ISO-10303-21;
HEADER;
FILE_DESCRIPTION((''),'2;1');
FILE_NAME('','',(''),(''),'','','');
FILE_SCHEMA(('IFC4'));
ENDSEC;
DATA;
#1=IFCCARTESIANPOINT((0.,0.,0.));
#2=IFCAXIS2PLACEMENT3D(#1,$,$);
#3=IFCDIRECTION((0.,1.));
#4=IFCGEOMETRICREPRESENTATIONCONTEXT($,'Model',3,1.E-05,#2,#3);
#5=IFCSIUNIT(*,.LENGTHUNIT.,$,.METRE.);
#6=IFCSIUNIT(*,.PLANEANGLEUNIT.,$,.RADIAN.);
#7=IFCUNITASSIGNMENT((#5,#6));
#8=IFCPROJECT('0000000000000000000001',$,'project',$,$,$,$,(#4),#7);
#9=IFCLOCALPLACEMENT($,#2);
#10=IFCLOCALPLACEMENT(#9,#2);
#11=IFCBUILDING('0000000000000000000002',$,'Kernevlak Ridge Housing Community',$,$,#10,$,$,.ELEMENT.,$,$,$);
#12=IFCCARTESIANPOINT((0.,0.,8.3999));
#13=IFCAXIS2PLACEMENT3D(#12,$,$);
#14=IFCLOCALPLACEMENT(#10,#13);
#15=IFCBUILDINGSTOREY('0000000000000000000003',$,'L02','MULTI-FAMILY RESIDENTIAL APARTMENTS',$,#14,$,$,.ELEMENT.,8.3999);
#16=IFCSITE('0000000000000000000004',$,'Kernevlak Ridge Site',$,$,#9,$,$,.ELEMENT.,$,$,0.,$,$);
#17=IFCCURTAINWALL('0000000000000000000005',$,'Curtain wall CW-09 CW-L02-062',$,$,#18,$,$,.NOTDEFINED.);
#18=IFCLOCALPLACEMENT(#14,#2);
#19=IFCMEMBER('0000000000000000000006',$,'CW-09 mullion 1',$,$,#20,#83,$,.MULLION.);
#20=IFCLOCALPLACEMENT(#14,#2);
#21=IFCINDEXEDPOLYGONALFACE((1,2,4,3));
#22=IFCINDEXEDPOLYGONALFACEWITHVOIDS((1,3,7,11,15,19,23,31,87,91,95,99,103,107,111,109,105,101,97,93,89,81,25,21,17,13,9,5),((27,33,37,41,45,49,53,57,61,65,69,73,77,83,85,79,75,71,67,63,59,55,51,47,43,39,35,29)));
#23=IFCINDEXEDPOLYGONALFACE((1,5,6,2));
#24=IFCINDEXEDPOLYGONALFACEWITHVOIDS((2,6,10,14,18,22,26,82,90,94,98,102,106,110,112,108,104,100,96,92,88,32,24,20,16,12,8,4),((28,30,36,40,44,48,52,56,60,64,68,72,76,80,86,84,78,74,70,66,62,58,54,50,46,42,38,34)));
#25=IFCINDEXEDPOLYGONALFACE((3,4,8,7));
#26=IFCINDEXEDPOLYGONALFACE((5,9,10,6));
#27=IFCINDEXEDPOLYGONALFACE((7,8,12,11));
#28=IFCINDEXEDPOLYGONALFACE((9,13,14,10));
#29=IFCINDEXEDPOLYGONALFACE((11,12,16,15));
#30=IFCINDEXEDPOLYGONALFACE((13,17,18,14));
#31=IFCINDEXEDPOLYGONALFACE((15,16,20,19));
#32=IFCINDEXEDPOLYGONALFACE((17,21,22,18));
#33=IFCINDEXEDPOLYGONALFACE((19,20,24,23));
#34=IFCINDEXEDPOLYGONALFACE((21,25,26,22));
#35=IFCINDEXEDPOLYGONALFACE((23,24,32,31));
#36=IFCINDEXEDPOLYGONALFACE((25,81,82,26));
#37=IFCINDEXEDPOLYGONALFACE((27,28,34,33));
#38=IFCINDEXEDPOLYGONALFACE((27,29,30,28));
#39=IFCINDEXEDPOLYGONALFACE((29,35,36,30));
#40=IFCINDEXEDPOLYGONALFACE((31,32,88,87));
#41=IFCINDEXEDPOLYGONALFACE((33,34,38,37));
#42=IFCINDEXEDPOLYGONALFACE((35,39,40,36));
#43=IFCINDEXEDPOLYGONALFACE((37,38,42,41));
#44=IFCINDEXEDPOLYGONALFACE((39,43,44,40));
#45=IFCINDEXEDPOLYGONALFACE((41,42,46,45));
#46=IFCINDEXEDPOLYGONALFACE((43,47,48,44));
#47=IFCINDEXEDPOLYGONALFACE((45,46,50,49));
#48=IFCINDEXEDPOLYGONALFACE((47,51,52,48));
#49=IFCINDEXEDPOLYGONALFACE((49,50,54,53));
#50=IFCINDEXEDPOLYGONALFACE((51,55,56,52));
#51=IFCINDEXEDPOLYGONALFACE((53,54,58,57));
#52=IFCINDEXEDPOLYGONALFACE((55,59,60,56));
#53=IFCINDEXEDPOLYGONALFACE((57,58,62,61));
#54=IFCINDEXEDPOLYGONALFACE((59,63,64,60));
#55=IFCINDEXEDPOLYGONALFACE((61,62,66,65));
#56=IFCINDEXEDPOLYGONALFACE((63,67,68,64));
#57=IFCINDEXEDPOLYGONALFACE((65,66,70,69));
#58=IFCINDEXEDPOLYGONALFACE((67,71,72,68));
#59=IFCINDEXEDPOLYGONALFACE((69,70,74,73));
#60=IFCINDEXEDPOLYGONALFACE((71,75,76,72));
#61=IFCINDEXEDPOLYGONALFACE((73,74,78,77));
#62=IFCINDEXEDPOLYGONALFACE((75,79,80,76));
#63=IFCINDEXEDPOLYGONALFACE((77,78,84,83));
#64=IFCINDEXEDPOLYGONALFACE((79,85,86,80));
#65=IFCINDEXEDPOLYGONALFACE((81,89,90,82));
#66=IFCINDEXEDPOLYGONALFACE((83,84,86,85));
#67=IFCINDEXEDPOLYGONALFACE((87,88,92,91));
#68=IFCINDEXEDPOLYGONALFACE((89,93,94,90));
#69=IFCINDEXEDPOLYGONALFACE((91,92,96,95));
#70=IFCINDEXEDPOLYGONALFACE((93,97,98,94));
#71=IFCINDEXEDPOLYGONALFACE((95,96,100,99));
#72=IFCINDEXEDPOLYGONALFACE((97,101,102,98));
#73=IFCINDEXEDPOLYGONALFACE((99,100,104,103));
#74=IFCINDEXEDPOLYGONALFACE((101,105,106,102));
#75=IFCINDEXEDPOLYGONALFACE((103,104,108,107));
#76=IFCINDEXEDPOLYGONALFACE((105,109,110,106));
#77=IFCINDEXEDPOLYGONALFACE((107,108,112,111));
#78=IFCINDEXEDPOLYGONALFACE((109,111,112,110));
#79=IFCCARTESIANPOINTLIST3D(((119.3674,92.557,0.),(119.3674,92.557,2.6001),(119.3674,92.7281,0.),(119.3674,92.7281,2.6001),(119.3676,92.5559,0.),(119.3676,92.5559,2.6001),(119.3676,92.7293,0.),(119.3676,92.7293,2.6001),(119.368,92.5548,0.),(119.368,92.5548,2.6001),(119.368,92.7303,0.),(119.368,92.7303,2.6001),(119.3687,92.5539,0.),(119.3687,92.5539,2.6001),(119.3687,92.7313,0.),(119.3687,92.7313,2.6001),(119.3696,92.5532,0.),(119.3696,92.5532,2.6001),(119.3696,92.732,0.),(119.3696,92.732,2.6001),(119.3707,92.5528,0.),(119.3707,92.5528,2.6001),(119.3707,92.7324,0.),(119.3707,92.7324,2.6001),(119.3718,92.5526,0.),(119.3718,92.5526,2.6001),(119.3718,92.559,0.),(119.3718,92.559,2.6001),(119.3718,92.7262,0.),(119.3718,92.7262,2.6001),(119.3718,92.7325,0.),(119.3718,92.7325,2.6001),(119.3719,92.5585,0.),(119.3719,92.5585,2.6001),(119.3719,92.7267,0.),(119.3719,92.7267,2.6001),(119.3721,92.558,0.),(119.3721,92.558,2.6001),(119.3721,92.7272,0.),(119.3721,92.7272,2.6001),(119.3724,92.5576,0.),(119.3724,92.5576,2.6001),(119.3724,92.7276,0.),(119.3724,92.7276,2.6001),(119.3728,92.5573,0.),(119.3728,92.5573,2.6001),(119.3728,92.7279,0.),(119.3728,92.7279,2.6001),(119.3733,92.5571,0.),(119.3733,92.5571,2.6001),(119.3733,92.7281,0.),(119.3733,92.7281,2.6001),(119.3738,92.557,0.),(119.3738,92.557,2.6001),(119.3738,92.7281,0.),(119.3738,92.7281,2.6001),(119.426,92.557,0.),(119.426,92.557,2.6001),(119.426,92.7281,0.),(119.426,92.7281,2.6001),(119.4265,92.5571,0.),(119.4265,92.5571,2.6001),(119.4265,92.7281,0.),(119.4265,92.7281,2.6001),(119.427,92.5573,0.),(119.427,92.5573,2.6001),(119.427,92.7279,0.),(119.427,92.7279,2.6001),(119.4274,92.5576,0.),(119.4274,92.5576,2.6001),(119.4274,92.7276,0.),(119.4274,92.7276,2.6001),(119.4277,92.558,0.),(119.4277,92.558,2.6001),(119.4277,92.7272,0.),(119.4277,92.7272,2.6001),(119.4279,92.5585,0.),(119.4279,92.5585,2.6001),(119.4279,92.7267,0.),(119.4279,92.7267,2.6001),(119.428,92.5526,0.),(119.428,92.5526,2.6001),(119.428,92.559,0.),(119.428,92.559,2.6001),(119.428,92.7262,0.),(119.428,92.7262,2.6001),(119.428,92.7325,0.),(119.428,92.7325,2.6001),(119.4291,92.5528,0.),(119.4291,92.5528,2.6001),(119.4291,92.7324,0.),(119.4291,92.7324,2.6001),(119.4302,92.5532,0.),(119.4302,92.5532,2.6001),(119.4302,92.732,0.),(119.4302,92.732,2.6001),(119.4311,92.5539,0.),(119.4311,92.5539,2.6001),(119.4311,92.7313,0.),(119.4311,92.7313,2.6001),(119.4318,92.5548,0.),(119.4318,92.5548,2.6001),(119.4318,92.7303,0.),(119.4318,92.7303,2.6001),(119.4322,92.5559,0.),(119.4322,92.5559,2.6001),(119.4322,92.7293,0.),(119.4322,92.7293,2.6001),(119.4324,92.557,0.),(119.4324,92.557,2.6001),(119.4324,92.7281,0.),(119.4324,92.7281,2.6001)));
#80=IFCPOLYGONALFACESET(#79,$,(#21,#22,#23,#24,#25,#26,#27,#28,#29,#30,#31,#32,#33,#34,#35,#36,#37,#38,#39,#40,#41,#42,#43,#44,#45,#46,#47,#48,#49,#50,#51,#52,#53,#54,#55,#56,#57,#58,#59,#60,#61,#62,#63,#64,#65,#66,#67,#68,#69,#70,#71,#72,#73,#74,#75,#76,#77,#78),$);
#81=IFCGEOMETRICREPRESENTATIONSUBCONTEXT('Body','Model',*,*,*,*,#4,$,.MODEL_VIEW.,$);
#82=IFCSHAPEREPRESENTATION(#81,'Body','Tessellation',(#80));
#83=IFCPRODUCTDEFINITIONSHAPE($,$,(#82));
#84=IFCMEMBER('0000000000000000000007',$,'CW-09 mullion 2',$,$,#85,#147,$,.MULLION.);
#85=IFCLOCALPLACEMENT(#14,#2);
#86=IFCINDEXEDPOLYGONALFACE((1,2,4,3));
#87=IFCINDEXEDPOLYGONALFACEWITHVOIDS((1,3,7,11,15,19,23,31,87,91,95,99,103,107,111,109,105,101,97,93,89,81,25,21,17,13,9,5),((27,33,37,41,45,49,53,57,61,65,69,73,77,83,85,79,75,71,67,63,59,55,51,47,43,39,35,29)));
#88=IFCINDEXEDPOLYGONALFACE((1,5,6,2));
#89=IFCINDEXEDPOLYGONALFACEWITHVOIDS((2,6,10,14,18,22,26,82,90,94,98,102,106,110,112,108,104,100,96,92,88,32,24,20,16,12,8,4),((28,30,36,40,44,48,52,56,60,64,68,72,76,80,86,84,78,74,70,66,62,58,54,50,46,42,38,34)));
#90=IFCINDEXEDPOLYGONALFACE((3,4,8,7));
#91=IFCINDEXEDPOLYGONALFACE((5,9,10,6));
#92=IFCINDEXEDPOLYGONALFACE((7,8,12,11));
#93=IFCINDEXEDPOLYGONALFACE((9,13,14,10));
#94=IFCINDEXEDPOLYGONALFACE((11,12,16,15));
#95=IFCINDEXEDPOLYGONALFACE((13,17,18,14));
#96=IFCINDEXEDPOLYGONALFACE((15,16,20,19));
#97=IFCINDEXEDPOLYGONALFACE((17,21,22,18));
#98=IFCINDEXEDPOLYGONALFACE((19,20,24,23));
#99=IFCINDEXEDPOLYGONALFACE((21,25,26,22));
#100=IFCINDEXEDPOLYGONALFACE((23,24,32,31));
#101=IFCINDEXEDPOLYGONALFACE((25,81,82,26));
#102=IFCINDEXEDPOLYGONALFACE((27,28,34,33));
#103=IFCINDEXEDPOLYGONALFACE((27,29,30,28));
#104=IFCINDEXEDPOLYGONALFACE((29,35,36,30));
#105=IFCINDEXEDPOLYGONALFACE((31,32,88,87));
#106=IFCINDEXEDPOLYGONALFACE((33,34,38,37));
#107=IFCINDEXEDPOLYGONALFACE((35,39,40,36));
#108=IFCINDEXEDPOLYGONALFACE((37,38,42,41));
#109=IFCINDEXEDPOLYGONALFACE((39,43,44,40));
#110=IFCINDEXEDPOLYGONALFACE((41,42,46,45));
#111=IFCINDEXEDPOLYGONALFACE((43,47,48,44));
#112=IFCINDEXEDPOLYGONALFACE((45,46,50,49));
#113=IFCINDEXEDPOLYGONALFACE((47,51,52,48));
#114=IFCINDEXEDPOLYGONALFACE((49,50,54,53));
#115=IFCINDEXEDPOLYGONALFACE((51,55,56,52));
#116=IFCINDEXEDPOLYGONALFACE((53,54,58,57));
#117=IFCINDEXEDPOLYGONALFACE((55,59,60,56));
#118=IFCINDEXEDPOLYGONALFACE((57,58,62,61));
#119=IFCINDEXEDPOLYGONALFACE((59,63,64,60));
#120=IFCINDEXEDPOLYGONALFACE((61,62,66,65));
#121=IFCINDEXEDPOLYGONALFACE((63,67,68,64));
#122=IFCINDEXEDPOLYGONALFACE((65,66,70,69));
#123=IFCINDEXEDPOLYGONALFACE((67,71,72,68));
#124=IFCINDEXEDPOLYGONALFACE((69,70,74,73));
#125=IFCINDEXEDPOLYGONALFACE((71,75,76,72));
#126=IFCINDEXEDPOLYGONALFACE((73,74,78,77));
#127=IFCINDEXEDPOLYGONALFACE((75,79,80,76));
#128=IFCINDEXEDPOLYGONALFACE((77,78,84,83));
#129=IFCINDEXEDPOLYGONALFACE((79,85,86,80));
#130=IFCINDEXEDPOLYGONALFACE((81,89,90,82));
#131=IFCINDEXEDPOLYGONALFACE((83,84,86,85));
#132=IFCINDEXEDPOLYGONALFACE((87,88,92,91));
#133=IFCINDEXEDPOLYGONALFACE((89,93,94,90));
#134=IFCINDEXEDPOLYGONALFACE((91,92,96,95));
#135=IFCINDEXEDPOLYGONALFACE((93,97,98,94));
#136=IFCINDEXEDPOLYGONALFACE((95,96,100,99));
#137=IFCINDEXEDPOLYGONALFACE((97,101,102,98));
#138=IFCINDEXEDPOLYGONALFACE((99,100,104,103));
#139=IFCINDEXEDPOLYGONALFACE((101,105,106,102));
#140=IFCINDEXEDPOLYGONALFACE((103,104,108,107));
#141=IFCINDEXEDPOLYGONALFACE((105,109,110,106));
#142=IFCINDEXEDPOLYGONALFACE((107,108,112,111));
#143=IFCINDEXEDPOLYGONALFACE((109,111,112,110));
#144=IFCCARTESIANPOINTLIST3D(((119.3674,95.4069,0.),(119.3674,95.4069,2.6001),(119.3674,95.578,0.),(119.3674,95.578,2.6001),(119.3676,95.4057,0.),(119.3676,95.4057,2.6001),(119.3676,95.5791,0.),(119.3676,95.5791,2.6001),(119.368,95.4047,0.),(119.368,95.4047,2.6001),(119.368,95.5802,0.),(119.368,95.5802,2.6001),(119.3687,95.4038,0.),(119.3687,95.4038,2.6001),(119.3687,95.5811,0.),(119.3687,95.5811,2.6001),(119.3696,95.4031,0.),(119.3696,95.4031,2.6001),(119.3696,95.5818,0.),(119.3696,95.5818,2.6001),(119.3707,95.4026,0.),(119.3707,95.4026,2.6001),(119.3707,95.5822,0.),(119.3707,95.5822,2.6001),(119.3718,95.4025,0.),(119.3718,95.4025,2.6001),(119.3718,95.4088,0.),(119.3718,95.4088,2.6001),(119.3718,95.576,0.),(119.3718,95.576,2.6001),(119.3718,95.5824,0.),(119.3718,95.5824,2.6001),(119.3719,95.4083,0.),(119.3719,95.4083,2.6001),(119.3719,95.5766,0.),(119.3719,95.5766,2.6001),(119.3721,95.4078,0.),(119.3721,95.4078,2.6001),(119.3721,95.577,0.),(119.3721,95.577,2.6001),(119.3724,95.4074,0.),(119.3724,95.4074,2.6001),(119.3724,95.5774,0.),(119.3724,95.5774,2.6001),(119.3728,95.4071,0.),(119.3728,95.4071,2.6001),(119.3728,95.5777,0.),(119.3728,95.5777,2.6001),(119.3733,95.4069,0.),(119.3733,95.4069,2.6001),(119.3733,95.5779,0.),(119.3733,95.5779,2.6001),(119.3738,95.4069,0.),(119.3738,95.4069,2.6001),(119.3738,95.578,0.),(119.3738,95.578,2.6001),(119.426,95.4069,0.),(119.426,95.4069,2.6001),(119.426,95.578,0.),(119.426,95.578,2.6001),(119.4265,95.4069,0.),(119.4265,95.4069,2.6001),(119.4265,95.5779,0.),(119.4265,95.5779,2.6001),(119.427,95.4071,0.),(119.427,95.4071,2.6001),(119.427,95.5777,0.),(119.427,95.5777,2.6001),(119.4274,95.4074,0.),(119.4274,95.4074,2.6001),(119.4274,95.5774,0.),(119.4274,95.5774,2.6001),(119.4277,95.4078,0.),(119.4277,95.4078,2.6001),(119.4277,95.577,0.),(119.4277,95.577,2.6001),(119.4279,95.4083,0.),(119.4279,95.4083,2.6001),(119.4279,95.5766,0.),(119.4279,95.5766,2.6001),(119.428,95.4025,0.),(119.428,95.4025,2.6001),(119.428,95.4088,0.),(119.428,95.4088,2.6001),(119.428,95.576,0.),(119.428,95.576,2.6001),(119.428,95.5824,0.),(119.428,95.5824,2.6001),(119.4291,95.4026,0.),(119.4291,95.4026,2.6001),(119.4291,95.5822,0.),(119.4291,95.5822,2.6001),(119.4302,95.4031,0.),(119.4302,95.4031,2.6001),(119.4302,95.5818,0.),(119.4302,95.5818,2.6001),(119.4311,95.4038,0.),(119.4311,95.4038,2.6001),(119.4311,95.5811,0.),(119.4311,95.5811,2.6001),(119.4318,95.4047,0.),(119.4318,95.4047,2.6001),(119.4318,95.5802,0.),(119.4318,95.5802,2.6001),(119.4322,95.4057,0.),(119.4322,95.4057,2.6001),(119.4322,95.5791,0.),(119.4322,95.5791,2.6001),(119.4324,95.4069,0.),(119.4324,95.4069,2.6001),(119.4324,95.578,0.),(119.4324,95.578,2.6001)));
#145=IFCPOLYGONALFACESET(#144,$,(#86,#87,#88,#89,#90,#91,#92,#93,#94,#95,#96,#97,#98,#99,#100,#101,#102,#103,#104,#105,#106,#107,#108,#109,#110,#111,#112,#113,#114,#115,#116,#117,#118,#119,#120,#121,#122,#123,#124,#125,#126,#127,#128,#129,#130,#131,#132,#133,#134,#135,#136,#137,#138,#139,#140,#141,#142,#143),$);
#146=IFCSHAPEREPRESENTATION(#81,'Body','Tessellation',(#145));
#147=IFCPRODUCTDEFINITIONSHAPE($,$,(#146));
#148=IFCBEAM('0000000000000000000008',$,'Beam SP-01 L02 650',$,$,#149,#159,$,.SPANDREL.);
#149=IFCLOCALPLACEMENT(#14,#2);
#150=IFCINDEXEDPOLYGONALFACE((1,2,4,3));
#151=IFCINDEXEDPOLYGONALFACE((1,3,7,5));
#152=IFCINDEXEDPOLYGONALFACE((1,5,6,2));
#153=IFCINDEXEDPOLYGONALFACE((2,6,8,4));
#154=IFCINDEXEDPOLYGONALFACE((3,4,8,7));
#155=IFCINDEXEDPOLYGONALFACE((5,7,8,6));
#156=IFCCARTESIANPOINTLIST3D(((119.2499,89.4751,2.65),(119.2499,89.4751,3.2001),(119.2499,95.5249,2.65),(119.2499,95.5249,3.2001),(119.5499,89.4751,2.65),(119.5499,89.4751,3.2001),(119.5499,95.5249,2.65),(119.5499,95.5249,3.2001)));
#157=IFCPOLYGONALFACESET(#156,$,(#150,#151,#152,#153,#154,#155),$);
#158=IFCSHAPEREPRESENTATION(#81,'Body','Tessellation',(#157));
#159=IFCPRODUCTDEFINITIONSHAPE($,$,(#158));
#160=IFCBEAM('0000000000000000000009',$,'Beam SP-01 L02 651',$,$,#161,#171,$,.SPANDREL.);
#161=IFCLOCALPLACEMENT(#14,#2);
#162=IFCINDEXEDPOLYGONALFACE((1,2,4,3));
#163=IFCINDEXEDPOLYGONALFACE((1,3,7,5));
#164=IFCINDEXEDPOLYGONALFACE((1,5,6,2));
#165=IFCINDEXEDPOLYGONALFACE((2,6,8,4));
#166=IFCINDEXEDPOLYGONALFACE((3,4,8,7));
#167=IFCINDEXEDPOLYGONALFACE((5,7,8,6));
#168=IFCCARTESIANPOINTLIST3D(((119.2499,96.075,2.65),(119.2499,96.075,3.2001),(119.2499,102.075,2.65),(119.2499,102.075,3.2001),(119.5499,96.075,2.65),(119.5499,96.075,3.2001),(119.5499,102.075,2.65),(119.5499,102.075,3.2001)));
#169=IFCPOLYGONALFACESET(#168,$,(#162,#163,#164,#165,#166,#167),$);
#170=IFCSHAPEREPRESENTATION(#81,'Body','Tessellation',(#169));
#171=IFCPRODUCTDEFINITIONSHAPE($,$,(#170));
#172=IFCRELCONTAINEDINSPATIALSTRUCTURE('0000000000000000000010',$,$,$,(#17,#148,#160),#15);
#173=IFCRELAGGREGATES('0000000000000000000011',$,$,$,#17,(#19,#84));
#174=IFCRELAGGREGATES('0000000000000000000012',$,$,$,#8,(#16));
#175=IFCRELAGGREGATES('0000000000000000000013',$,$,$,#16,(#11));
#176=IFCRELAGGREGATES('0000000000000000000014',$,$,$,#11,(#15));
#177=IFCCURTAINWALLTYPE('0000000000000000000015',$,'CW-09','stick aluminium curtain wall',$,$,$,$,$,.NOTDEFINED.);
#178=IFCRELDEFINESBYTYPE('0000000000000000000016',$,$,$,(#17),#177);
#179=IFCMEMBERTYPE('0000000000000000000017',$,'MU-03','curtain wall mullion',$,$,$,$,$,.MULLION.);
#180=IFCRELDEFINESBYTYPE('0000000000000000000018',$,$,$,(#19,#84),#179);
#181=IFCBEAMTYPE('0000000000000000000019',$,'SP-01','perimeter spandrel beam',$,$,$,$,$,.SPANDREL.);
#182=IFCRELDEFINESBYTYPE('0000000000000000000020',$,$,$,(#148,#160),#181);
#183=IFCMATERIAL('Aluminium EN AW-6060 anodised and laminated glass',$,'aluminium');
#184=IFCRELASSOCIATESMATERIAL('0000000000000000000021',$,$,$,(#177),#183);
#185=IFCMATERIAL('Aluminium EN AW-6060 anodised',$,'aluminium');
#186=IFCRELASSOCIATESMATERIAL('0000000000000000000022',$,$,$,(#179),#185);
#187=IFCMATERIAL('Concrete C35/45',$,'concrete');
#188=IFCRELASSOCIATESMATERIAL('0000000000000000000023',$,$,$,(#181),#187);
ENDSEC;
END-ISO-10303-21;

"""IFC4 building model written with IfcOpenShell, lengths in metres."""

from ifc_helpers import new_model, si_unit, direction, frame, origin, origin_2d, place, context, subcontext, project, spatial, rectangle, hollow_rectangle, extrude, material, material_profile, profile_set, type_object, element, aggregate, save


model = new_model("IFC4")

# Units and contexts
model_context = context("Model", 3, precision=1e-05, world=origin(), true_north=direction((0.0, 1.0)))
body_context = subcontext(model_context, "Body", "Model", "MODEL_VIEW")
ifc_project = project(units=[si_unit("LENGTHUNIT", "METRE"), si_unit("PLANEANGLEUNIT", "RADIAN")], contexts=[model_context])

# Site, building, storey
site_placement = place(None, origin())
site = spatial("IfcSite", under=ifc_project, at=site_placement, Name="Kernevlak Ridge Site", CompositionType="ELEMENT", RefElevation=0.0)
building_placement = place(site_placement, origin())
building = spatial("IfcBuilding", under=site, at=building_placement, Name="Kernevlak Ridge Housing Community", CompositionType="ELEMENT")
storey_placement = place(building_placement, frame((0.0, 0.0, 8.3999)))
storey = spatial("IfcBuildingStorey", under=building, at=storey_placement, Name="L02", Description="MULTI-FAMILY RESIDENTIAL APARTMENTS", CompositionType="ELEMENT", Elevation=8.3999)

# Curtain wall, members
ifc_material_1 = material(Name="Aluminium EN AW-6060 anodised and laminated glass", Category="aluminium")
ifc_material_2 = material(Name="Aluminium EN AW-6060 anodised", Category="aluminium")
curtain_wall_type_1 = type_object("IfcCurtainWallType", Name="CW-09", Description="stick aluminium curtain wall", PredefinedType="NOTDEFINED", material=ifc_material_1)
curtain_wall_1_placement = place(storey_placement, origin())
curtain_wall_1 = element("IfcCurtainWall", 1, at=curtain_wall_1_placement, inside=storey, type_object=curtain_wall_type_1, Name="Curtain wall CW-09 CW-L02-062", PredefinedType="NOTDEFINED")
ifc_material_profile_1 = material_profile(ifc_material_2, hollow_rectangle(XDim=0.0649, YDim=0.1799, WallThickness=0.0044, InnerFilletRadius=0.002, OuterFilletRadius=0.0044, at=origin_2d()), Name="ALU 65x180x4.5")
ifc_profile_set_1 = profile_set([ifc_material_profile_1], Name="Aluminium EN AW-6060 anodised")
member_type_1 = type_object("IfcMemberType", Name="MU-03", Description="curtain wall mullion", PredefinedType="MULLION", material=ifc_profile_set_1)
member_1_placement = place(storey_placement, frame((119.3999, 92.6426, 0.0), z_axis=(0.0, 0.0, 1.0), x_axis=(-1.0, 0.0, 0.0)))
member_1 = element("IfcMember", 2, at=member_1_placement, type_object=member_type_1, Name="CW-09 mullion 1", PredefinedType="MULLION", context=body_context, shape_type="SweptSolid", body=[
    extrude(hollow_rectangle(XDim=0.0649, YDim=0.1799, WallThickness=0.0044, InnerFilletRadius=0.002, OuterFilletRadius=0.0044, at=origin_2d()), origin(), (0.0, 0.0, 1.0), 2.6001),
])
member_2_placement = place(storey_placement, frame((119.3999, 95.4924, 0.0), z_axis=(0.0, 0.0, 1.0), x_axis=(-1.0, 0.0, 0.0)))
member_2 = element("IfcMember", 3, at=member_2_placement, type_object=member_type_1, Name="CW-09 mullion 2", PredefinedType="MULLION", context=body_context, shape_type="SweptSolid", body=[
    extrude(hollow_rectangle(XDim=0.0649, YDim=0.1799, WallThickness=0.0044, InnerFilletRadius=0.002, OuterFilletRadius=0.0044, at=origin_2d()), origin(), (0.0, 0.0, 1.0), 2.6001),
])

# Beams
ifc_material_3 = material(Name="Concrete C35/45", Category="concrete")
ifc_material_profile_2 = material_profile(ifc_material_3, rectangle(XDim=0.3, YDim=0.55, at=origin_2d()), Name="RC 300x550")
ifc_profile_set_2 = profile_set([ifc_material_profile_2], Name="Concrete C35/45")
beam_type = type_object("IfcBeamType", Name="SP-01", Description="perimeter spandrel beam", PredefinedType="SPANDREL", material=ifc_profile_set_2)
beam_1_placement = place(storey_placement, frame((119.3999, 89.4751, 2.925), z_axis=(0.0, 1.0, 0.0), x_axis=(-1.0, 0.0, 0.0)))
element("IfcBeam", 4, at=beam_1_placement, inside=storey, type_object=beam_type, Name="Beam SP-01 L02 650", PredefinedType="SPANDREL", context=body_context, shape_type="SweptSolid", body=[
    extrude(rectangle(XDim=0.3, YDim=0.55, at=origin_2d()), origin(), (0.0, 0.0, 1.0), 6.0498),
])
beam_2_placement = place(storey_placement, frame((119.3999, 96.075, 2.925), z_axis=(0.0, 1.0, 0.0), x_axis=(-1.0, 0.0, 0.0)))
element("IfcBeam", 5, at=beam_2_placement, inside=storey, type_object=beam_type, Name="Beam SP-01 L02 651", PredefinedType="SPANDREL", context=body_context, shape_type="SweptSolid", body=[
    extrude(rectangle(XDim=0.3, YDim=0.55, at=origin_2d()), origin(), (0.0, 0.0, 1.0), 6.0),
])

aggregate(curtain_wall_1, [member_1, member_2])

save(model, "model.ifc")
